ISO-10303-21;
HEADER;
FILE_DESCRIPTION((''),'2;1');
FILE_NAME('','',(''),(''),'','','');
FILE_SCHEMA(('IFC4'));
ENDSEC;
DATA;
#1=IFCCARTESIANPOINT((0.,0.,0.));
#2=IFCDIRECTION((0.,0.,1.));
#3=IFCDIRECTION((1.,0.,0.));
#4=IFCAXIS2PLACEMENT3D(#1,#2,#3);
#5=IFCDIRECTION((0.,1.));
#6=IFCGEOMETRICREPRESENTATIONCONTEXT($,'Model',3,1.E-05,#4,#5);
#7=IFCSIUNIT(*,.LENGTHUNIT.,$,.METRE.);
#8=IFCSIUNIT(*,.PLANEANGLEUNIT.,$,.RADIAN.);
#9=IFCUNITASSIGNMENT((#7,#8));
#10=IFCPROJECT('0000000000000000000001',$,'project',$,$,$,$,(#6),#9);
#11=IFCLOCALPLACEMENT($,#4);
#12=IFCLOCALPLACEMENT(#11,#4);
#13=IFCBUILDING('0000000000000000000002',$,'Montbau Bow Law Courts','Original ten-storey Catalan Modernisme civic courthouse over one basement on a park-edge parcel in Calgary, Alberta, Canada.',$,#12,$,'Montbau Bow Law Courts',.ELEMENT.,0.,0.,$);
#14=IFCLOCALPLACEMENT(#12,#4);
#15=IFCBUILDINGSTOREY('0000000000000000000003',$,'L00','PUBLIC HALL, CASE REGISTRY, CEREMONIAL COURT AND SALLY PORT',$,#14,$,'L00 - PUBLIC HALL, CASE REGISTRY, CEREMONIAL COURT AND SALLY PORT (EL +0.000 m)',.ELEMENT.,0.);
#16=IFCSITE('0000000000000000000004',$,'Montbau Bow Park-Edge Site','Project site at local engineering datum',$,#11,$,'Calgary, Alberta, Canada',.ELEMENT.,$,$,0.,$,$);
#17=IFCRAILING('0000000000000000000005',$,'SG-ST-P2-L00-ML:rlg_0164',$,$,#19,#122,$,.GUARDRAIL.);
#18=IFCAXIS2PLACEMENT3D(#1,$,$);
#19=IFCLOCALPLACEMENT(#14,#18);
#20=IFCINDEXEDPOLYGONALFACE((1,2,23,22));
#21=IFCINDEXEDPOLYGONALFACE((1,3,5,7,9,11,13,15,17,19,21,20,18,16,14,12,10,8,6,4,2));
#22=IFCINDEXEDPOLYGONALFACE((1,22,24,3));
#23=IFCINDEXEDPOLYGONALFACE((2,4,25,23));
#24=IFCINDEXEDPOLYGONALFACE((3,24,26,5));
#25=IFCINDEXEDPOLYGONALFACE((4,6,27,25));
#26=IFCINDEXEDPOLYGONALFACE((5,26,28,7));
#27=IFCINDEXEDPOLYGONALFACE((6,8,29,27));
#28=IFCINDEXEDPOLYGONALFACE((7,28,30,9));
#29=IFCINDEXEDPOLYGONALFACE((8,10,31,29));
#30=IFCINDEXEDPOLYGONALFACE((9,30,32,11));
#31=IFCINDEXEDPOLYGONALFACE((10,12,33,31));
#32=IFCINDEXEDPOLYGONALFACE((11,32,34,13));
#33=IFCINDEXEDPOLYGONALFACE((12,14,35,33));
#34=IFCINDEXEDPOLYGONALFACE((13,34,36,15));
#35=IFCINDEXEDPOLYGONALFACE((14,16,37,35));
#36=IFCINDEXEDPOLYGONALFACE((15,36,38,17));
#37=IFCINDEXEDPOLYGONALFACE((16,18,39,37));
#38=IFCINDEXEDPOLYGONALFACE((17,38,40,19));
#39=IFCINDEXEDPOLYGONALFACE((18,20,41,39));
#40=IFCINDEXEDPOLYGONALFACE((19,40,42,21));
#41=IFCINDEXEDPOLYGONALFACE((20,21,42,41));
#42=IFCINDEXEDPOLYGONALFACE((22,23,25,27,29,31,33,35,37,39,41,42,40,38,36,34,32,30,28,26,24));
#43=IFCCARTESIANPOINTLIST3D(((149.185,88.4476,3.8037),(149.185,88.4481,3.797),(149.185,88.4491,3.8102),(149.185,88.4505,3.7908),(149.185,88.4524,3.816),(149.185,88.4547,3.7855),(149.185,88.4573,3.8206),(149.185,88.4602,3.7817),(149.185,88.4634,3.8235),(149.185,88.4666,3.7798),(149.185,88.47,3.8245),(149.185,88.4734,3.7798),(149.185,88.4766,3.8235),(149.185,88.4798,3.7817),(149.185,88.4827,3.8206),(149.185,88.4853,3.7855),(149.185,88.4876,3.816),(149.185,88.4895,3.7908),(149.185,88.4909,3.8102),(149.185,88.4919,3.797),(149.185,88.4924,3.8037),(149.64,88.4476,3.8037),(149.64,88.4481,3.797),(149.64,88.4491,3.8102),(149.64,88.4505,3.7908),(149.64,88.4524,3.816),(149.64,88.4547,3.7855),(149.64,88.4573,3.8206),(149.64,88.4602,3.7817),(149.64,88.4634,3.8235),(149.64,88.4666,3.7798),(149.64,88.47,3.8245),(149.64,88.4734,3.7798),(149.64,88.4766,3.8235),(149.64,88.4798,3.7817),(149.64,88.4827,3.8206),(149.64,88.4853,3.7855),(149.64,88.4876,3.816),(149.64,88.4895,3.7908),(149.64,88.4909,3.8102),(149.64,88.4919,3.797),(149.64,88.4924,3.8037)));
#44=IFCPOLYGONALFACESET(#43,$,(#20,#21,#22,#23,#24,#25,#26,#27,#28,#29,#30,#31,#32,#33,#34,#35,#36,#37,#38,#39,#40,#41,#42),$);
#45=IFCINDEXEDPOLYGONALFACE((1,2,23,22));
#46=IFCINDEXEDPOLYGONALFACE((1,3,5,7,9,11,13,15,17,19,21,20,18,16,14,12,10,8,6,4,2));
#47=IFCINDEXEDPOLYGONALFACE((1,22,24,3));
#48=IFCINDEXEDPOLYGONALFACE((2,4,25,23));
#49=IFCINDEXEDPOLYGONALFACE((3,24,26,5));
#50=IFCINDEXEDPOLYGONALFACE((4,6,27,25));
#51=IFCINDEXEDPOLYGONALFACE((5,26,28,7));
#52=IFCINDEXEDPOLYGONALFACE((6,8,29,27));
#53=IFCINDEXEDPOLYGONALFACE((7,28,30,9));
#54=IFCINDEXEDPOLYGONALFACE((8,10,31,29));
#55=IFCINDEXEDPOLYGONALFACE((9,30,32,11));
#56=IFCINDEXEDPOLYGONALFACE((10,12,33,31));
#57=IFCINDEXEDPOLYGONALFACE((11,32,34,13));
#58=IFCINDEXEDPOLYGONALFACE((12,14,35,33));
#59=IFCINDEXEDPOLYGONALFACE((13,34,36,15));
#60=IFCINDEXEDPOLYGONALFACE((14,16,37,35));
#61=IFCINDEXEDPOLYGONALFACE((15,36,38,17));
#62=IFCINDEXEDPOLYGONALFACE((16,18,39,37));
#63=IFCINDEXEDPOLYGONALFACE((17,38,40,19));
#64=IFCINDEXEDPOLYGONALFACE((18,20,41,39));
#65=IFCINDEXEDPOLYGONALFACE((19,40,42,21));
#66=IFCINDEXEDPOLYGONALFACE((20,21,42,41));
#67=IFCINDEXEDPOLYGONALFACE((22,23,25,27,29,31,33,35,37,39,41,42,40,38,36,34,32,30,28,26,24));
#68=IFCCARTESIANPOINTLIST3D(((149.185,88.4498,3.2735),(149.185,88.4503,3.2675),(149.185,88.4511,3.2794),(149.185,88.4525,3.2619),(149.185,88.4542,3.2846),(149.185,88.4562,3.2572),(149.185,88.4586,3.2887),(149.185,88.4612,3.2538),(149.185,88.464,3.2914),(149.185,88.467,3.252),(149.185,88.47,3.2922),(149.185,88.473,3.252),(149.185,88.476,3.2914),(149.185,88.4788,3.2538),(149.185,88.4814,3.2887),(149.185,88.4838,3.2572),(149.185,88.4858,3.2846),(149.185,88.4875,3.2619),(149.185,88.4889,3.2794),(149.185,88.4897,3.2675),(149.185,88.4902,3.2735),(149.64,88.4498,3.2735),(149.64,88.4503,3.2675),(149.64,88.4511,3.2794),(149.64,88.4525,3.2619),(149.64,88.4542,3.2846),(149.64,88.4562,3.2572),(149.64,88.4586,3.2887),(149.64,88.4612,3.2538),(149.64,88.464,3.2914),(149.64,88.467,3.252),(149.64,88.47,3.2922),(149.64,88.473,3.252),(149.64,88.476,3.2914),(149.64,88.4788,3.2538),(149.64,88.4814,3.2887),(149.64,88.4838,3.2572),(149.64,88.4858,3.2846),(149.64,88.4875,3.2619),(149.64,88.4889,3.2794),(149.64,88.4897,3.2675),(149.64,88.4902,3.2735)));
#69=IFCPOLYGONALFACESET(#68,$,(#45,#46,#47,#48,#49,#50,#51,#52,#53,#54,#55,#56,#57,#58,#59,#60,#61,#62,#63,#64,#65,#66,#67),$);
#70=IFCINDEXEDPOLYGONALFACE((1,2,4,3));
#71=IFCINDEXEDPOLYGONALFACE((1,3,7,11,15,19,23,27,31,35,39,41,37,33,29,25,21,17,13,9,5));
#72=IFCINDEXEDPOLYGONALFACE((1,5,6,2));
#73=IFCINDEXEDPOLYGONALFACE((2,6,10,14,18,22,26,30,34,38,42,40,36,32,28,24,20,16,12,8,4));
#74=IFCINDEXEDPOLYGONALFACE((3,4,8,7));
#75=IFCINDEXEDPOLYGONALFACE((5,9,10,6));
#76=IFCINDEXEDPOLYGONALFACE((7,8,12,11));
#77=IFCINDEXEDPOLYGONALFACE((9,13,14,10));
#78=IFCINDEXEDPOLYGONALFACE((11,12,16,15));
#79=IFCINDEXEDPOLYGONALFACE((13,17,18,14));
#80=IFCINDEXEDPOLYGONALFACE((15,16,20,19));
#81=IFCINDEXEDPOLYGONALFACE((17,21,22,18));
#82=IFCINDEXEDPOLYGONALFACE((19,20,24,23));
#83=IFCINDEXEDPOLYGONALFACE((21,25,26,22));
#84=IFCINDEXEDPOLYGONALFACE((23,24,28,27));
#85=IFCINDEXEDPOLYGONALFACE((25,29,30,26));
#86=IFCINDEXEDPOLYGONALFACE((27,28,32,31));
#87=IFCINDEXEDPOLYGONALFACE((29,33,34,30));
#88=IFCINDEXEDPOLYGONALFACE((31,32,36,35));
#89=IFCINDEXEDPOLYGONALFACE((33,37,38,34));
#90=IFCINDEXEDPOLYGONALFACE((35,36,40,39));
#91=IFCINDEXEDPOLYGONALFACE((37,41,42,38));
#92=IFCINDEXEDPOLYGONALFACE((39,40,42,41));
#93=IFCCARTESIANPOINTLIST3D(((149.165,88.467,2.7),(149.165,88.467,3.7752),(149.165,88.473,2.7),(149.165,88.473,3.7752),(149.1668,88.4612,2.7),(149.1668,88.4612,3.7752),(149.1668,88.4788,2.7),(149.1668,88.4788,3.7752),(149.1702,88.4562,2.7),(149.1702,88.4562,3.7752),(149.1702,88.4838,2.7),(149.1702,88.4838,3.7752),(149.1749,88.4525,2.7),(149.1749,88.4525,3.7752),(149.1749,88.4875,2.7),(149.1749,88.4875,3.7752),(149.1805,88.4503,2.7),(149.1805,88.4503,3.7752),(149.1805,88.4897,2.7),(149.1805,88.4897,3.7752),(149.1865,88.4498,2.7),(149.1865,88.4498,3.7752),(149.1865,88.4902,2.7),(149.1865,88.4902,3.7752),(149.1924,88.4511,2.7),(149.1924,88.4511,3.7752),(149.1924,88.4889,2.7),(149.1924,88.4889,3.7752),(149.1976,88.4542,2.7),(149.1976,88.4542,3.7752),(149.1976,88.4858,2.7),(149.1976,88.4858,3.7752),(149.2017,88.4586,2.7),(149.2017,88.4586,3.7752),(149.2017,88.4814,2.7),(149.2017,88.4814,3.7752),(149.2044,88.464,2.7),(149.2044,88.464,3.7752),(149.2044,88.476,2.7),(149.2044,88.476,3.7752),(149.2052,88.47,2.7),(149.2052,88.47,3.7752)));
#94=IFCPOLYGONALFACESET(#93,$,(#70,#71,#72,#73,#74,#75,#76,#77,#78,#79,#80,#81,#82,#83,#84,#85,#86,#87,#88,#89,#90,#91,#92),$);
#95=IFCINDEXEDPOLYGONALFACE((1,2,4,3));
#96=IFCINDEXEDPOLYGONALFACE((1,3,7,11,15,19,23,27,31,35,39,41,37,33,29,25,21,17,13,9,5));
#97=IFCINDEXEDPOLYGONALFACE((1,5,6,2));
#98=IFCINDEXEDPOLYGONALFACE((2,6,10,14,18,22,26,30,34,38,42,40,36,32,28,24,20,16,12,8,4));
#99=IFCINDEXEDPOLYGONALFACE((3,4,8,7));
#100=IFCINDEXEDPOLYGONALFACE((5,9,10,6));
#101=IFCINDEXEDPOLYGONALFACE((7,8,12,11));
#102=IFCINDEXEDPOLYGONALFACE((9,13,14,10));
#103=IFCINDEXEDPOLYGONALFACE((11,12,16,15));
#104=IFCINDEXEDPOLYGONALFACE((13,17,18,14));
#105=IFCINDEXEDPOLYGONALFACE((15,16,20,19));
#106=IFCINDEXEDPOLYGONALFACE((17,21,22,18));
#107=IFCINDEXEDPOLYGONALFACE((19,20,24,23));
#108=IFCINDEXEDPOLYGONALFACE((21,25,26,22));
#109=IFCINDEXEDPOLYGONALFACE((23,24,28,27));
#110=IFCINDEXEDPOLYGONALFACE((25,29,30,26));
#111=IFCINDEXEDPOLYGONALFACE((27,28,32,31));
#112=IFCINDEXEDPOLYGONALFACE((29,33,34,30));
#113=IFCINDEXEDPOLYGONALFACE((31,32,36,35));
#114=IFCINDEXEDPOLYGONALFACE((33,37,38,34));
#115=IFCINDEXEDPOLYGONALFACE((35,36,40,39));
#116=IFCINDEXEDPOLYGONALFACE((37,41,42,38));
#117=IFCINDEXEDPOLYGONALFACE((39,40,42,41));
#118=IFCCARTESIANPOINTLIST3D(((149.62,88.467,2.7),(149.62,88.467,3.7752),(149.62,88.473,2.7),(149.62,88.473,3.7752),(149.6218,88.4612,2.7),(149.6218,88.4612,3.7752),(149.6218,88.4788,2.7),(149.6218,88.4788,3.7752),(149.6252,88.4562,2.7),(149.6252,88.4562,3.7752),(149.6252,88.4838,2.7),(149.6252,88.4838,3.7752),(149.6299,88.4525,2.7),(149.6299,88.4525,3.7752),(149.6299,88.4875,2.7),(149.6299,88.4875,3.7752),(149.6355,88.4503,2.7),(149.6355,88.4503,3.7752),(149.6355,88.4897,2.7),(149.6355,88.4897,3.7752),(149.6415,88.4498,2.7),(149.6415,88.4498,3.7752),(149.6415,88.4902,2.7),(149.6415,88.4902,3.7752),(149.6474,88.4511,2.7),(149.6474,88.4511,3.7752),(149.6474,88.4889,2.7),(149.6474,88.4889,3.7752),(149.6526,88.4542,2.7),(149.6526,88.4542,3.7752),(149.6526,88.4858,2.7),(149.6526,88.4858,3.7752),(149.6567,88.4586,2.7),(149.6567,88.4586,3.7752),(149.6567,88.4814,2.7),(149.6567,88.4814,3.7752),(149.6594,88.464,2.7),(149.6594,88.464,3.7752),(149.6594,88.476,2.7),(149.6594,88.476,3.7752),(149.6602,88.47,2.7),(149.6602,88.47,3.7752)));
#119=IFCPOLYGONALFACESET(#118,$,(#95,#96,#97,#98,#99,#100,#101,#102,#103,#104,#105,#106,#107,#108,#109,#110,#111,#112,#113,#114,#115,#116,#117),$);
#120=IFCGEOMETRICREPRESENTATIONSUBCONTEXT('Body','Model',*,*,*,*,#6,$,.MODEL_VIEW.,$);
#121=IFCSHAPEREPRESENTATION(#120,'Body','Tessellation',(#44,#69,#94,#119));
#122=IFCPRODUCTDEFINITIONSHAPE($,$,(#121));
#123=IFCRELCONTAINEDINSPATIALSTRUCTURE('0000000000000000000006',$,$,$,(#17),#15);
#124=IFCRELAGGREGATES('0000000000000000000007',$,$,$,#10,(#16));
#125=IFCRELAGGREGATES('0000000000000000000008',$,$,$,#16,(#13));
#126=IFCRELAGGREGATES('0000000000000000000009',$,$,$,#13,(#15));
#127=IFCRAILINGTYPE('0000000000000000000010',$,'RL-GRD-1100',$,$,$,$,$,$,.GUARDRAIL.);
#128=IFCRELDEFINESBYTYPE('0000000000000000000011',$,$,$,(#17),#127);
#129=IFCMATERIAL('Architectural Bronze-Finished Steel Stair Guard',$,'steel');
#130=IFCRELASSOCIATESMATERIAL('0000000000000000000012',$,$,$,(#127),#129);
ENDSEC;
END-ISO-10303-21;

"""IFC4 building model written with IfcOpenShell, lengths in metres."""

from ifc_helpers import new_model, si_unit, direction, frame, origin_with_axes, origin_2d_with_axis, place, context, subcontext, project, spatial, circle, extrude, material, type_object, element, save


model = new_model("IFC4")

# Units and contexts
model_context = context("Model", 3, precision=1e-05, world=origin_with_axes(), true_north=direction((0.0, 1.0)))
body_context = subcontext(model_context, "Body", "Model", "MODEL_VIEW")
ifc_project = project(units=[si_unit("LENGTHUNIT", "METRE"), si_unit("PLANEANGLEUNIT", "RADIAN")], contexts=[model_context])

# Site, building, storey
site_placement = place(None, origin_with_axes())
site = spatial("IfcSite", under=ifc_project, at=site_placement, Name="Montbau Bow Park-Edge Site", Description="Project site at local engineering datum", LongName="Calgary, Alberta, Canada", CompositionType="ELEMENT", RefElevation=0.0)
building_placement = place(site_placement, origin_with_axes())
building = spatial("IfcBuilding", under=site, at=building_placement, Name="Montbau Bow Law Courts", Description="Original ten-storey Catalan Modernisme civic courthouse over one basement on a park-edge parcel in Calgary, Alberta, Canada.", LongName="Montbau Bow Law Courts", CompositionType="ELEMENT", ElevationOfRefHeight=0.0, ElevationOfTerrain=0.0)
storey_placement = place(building_placement, origin_with_axes())
storey = spatial("IfcBuildingStorey", under=building, at=storey_placement, Name="L00", Description="PUBLIC HALL, CASE REGISTRY, CEREMONIAL COURT AND SALLY PORT", LongName="L00 - PUBLIC HALL, CASE REGISTRY, CEREMONIAL COURT AND SALLY PORT (EL +0.000 m)", CompositionType="ELEMENT", Elevation=0.0)

# Railing
ifc_material_1 = material(Name="Architectural Bronze-Finished Steel Stair Guard", Category="steel")
railing_type_1 = type_object("IfcRailingType", Name="RL-GRD-1100", PredefinedType="GUARDRAIL", material=ifc_material_1)
railing_1_placement = place(None, origin_with_axes())
element("IfcRailing", 1, at=railing_1_placement, inside=storey, type_object=railing_type_1, Name="SG-ST-P2-L00-ML:rlg_0164", PredefinedType="GUARDRAIL", context=body_context, shape_type="SweptSolid", body=[
    extrude(circle(Radius=0.0225, at=origin_2d_with_axis()), frame((149.185, 88.47, 3.802), z_axis=(1.0, 0.0, 0.0), x_axis=(0.0, 0.0, 1.0)), (0.0, 0.0, 1.0), 0.455),
    extrude(circle(Radius=0.0203, at=origin_2d_with_axis()), frame((149.185, 88.47, 3.272), z_axis=(1.0, 0.0, 0.0), x_axis=(0.0, 0.0, 1.0)), (0.0, 0.0, 1.0), 0.455),
    extrude(circle(Radius=0.0203, at=origin_2d_with_axis()), frame((149.185, 88.47, 2.7), z_axis=(0.0, 0.0, 1.0), x_axis=(1.0, 0.0, 0.0)), (0.0, 0.0, 1.0), 1.0753),
    extrude(circle(Radius=0.0203, at=origin_2d_with_axis()), frame((149.64, 88.47, 2.7), z_axis=(0.0, 0.0, 1.0), x_axis=(1.0, 0.0, 0.0)), (0.0, 0.0, 1.0), 1.0753),
])

save(model, "model.ifc")
